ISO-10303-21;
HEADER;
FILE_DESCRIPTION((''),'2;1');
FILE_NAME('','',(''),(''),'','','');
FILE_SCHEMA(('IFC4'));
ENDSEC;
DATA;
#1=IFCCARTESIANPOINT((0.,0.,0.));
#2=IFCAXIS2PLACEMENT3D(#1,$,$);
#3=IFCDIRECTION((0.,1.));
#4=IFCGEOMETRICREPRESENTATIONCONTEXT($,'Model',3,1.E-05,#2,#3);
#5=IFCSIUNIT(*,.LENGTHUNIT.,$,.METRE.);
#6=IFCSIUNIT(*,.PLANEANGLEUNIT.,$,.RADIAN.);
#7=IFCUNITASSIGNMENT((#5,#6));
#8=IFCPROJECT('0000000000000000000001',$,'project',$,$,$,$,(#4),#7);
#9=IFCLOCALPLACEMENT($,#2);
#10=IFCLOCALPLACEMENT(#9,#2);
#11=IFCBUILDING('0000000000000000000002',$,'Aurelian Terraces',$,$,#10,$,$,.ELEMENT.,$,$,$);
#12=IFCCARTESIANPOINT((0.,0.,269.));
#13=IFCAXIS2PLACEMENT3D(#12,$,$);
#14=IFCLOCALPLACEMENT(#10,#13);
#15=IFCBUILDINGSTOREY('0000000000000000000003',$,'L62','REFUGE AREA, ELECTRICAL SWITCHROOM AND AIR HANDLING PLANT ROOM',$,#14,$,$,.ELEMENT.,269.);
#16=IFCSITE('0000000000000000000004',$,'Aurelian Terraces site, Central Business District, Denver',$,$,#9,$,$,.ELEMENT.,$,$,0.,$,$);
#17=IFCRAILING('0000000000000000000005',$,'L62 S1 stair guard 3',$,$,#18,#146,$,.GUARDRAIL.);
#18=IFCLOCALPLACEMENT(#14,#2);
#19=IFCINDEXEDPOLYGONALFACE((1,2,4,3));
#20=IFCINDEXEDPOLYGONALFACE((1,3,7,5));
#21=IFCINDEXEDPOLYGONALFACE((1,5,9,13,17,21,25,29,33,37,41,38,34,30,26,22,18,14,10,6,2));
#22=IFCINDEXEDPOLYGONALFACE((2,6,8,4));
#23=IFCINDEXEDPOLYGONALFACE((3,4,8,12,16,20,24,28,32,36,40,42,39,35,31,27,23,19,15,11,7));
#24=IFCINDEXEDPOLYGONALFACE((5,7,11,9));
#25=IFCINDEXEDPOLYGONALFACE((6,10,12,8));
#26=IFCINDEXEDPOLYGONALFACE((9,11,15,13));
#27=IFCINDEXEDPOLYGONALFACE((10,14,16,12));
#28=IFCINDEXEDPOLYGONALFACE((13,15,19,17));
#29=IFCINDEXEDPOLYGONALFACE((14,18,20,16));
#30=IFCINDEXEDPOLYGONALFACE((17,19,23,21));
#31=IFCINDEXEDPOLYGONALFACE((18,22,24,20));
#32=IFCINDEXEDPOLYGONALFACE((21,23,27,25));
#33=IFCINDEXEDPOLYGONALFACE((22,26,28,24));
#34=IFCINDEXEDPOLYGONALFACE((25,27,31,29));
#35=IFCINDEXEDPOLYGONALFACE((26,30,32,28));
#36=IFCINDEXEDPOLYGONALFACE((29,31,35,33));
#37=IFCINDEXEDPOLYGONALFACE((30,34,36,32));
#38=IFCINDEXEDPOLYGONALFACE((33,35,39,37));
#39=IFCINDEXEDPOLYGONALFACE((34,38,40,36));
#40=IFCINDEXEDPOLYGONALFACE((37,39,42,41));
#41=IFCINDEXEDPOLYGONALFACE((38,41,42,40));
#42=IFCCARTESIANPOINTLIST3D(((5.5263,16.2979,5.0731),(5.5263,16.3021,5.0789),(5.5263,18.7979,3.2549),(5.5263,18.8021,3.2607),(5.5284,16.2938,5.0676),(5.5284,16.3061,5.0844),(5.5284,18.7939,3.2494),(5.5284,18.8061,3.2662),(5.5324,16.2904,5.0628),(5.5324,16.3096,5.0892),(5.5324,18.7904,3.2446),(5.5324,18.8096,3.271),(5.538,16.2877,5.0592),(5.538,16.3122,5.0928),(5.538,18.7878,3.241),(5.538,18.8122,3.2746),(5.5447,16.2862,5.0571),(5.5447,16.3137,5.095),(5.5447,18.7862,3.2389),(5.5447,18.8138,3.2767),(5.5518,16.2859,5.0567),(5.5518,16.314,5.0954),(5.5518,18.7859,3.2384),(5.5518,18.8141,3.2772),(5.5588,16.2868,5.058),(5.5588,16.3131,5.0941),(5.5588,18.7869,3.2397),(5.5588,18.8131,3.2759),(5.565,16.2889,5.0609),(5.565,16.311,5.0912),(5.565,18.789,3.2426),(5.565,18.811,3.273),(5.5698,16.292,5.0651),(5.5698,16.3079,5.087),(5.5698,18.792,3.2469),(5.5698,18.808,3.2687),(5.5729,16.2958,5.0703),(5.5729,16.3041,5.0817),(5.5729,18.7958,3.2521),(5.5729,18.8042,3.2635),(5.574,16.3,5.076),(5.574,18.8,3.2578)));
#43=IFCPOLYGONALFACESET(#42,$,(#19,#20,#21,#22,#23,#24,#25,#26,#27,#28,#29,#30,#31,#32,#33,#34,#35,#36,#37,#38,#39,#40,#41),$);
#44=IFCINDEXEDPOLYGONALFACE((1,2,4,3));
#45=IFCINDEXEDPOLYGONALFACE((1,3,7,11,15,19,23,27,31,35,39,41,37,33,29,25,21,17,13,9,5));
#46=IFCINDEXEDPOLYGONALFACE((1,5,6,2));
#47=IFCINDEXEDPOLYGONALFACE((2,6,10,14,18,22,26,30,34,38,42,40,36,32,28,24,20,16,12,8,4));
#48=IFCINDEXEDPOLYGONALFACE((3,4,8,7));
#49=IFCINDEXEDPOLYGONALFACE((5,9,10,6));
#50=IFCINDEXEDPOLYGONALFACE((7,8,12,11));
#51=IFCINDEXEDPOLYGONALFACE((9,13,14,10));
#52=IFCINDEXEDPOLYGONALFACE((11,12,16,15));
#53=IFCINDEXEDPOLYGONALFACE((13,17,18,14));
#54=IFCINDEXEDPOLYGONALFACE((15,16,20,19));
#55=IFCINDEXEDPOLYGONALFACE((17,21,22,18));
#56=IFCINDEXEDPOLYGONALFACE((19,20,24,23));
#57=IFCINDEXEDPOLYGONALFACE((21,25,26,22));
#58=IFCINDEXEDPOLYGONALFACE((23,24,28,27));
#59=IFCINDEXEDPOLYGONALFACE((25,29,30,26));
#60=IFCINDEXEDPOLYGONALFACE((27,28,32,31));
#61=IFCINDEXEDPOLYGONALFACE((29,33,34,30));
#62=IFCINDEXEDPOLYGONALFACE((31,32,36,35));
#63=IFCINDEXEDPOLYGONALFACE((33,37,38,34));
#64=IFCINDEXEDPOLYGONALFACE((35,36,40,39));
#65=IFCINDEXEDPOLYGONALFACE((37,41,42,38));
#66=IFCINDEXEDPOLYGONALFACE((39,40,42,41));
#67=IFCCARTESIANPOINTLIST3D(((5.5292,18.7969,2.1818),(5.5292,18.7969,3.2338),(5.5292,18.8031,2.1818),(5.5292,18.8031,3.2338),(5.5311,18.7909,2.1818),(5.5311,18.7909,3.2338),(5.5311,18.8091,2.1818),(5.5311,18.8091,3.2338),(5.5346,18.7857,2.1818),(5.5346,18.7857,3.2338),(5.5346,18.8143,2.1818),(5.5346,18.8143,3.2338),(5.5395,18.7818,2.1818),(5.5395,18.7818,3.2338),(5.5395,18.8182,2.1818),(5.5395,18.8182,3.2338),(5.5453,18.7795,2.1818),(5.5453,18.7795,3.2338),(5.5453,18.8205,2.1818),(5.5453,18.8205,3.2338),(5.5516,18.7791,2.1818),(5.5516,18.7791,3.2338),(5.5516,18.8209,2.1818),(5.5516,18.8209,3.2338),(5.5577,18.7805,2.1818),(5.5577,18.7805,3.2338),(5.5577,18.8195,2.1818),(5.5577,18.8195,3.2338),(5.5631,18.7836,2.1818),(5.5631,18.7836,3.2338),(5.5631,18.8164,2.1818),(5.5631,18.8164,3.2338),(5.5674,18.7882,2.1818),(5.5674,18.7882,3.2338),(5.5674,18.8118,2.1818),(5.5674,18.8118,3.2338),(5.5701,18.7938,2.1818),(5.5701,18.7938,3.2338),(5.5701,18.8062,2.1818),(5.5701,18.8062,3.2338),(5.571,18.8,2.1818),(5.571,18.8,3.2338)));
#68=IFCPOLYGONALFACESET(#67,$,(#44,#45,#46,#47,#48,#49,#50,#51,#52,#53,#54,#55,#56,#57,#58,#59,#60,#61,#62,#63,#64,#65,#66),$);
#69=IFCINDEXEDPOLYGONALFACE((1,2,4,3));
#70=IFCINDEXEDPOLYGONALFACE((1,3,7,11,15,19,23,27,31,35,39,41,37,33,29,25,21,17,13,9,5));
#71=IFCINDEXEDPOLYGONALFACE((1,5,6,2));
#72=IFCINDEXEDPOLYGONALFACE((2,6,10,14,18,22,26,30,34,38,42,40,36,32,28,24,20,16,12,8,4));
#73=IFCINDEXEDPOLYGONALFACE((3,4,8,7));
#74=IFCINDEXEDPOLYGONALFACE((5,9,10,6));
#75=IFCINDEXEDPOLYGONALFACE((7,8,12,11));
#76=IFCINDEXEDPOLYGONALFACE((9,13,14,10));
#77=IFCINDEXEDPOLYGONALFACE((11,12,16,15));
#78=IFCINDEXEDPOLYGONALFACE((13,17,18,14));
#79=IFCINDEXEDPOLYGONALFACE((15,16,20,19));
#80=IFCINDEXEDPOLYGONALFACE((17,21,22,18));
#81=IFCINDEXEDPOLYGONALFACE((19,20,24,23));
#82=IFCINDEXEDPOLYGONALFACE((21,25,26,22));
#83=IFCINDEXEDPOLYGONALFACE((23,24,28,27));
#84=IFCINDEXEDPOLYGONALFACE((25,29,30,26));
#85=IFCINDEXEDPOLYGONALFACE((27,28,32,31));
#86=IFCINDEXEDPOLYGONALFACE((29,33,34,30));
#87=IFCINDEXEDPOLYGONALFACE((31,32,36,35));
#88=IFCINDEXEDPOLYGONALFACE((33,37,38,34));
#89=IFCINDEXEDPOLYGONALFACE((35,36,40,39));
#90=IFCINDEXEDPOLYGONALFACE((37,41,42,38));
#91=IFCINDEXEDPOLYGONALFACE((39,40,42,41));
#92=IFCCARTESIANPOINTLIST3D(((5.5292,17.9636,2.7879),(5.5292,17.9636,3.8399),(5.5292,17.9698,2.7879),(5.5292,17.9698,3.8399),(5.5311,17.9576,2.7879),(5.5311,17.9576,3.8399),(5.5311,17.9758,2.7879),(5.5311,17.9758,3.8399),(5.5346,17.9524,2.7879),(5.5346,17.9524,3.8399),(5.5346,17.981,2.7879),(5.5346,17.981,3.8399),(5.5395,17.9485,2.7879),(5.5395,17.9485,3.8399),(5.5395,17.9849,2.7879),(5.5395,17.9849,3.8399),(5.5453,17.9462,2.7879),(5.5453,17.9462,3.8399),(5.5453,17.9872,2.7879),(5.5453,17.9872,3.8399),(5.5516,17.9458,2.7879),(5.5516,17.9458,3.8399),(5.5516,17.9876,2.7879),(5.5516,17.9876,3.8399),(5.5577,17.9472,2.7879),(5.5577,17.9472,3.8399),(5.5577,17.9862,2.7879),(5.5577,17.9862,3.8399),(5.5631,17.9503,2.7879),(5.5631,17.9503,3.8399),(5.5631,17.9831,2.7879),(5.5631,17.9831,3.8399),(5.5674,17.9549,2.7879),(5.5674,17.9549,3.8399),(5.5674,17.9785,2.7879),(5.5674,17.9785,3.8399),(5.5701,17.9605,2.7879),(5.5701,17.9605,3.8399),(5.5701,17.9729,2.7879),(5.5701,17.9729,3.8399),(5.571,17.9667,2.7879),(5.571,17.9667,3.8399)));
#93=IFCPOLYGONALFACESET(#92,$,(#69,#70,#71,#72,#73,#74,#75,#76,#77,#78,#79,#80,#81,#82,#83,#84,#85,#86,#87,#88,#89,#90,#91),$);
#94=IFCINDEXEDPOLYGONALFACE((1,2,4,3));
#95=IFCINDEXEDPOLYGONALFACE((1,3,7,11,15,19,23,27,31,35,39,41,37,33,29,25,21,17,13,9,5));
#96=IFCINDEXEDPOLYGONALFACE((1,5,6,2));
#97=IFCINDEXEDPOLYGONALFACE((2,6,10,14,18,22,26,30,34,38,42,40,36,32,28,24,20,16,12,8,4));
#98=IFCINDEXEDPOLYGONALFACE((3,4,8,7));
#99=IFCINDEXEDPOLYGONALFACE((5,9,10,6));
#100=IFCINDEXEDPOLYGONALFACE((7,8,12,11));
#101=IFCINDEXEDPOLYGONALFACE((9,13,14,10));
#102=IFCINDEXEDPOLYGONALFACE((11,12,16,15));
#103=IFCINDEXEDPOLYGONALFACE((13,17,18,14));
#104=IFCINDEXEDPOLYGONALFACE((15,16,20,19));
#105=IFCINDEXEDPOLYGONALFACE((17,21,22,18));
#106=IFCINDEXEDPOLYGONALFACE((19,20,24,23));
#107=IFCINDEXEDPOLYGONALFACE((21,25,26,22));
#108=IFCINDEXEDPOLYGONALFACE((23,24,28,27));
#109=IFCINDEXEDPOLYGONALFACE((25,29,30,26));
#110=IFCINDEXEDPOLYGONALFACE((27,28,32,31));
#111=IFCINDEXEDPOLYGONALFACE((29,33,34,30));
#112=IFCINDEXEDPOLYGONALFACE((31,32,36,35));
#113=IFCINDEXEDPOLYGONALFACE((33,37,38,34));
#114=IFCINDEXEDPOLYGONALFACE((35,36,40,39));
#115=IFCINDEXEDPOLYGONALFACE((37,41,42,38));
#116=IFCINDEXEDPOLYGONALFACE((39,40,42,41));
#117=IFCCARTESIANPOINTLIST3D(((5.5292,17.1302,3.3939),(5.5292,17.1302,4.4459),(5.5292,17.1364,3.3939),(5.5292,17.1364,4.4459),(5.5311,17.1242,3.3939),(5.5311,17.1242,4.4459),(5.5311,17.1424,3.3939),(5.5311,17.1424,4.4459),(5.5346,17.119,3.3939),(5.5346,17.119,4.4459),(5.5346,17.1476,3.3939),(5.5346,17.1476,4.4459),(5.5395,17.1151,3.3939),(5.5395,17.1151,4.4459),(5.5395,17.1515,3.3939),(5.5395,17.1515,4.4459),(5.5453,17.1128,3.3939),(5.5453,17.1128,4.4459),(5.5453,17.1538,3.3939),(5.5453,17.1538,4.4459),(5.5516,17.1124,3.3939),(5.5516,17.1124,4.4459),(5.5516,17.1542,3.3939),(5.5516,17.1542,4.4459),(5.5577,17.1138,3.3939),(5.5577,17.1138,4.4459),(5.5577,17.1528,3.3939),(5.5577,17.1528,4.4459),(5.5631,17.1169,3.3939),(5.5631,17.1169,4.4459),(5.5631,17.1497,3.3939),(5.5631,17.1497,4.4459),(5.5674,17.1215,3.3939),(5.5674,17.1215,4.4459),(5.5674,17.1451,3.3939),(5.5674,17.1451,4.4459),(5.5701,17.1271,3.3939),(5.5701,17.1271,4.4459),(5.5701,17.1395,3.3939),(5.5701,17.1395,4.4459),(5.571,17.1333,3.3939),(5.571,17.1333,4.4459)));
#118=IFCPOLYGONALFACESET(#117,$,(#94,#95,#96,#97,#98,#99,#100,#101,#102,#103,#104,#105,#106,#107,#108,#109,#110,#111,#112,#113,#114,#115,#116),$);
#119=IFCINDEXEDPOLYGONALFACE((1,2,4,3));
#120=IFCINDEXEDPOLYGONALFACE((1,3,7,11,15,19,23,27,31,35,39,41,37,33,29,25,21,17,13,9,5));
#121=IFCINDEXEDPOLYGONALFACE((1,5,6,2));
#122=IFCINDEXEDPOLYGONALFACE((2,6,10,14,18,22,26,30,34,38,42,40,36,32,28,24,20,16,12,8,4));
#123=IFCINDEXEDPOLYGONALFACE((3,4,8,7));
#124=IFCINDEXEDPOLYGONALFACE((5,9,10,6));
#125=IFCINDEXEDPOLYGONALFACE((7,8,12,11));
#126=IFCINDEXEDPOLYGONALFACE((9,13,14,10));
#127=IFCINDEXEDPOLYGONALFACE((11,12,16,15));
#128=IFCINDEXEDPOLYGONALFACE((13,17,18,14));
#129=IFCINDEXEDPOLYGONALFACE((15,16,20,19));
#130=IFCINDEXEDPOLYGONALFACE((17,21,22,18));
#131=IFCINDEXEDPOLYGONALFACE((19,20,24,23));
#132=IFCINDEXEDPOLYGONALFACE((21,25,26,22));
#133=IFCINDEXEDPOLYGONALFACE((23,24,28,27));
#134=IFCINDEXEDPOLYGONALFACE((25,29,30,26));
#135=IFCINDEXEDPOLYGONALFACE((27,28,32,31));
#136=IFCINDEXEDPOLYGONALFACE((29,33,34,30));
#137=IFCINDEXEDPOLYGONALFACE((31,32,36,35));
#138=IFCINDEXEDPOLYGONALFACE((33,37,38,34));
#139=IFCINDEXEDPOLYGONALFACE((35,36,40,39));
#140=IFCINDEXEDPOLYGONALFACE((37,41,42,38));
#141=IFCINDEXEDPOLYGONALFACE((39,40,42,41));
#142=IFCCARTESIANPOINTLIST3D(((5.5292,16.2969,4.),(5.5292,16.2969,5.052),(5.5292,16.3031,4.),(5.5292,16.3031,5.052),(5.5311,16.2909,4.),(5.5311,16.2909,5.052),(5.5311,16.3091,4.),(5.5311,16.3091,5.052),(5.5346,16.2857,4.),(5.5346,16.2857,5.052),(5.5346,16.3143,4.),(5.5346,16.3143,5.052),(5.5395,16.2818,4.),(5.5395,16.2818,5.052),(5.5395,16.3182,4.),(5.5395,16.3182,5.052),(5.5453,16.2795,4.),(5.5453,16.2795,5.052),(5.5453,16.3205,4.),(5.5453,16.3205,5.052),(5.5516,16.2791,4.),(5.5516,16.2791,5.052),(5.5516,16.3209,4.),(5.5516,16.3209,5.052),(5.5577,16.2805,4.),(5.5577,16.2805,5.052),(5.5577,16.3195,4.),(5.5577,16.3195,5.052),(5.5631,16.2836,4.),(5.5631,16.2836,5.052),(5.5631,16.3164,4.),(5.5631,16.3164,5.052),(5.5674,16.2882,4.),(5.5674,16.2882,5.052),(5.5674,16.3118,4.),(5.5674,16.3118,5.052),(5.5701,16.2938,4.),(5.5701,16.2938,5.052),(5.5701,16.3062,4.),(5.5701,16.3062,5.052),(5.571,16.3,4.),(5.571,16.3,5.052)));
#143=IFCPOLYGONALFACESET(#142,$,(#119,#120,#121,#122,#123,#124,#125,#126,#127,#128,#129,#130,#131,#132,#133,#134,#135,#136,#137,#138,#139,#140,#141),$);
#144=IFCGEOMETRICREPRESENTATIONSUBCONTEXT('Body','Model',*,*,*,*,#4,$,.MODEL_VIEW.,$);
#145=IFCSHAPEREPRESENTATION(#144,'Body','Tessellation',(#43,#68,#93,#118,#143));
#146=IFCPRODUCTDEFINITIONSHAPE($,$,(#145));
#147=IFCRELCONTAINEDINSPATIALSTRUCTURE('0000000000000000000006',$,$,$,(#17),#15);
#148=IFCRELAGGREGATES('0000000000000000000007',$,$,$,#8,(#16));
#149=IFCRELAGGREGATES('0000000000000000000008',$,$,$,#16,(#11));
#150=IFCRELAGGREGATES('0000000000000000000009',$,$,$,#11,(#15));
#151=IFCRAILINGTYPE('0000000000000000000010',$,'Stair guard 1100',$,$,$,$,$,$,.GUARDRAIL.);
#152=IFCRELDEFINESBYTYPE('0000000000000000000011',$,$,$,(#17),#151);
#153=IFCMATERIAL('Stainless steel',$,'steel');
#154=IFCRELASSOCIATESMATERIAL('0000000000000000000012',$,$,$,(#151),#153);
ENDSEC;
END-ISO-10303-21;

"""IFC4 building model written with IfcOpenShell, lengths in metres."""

from ifc_helpers import new_model, si_unit, direction, frame, origin, origin_2d, place, context, subcontext, project, spatial, circle, extrude, source, transform, mapped, material, type_object, element, save


model = new_model("IFC4")

# Units and contexts
model_context = context("Model", 3, precision=1e-05, world=origin(), true_north=direction((0.0, 1.0)))
body_context = subcontext(model_context, "Body", "Model", "MODEL_VIEW")
ifc_project = project(units=[si_unit("LENGTHUNIT", "METRE"), si_unit("PLANEANGLEUNIT", "RADIAN")], contexts=[model_context])

# Site, building, storey
site_placement = place(None, origin())
site = spatial("IfcSite", under=ifc_project, at=site_placement, Name="Aurelian Terraces site, Central Business District, Denver", CompositionType="ELEMENT", RefElevation=0.0)
building_placement = place(site_placement, origin())
building = spatial("IfcBuilding", under=site, at=building_placement, Name="Aurelian Terraces", CompositionType="ELEMENT")
storey_placement = place(building_placement, frame((0.0, 0.0, 269.0)))
storey = spatial("IfcBuildingStorey", under=building, at=storey_placement, Name="L62", Description="REFUGE AREA, ELECTRICAL SWITCHROOM AND AIR HANDLING PLANT ROOM", CompositionType="ELEMENT", Elevation=269.0)

# Railing
ifc_material_1 = material(Name="Stainless steel", Category="steel")
railing_type_1 = type_object("IfcRailingType", Name="Stair guard 1100", PredefinedType="GUARDRAIL", material=ifc_material_1)
shared_shape_1 = source(origin(), body_context, "Body", "SweptSolid", [
    extrude(circle(Radius=0.024, at=origin_2d()), frame((0.0, 0.0, 1.076), z_axis=(0.0, -0.808733, 0.588176), x_axis=(1.0, 0.0, 0.0)), (0.0, 0.0, 1.0), 3.0913),
    extrude(circle(Radius=0.021, at=origin_2d()), origin(), (0.0, 0.0, 1.0), 1.052),
    extrude(circle(Radius=0.021, at=origin_2d()), frame((0.0, -0.8333, 0.6061)), (0.0, 0.0, 1.0), 1.052),
    extrude(circle(Radius=0.021, at=origin_2d()), frame((0.0, -1.6667, 1.2121)), (0.0, 0.0, 1.0), 1.052),
    extrude(circle(Radius=0.021, at=origin_2d()), frame((0.0, -2.5, 1.8182)), (0.0, 0.0, 1.0), 1.052),
])
for number, where, name in (
    (1, (5.55, 18.8, 2.1818), "L62 S1 stair guard 3"),
):
    element("IfcRailing", number, at=place(storey_placement, frame(where)), inside=storey, type_object=railing_type_1, Name=name, PredefinedType="GUARDRAIL", context=body_context, shape_type="MappedRepresentation", body=[
        mapped(shared_shape_1, transform((0.0, 0.0, 0.0), scale=1.0)),
    ])

save(model, "model.ifc")
